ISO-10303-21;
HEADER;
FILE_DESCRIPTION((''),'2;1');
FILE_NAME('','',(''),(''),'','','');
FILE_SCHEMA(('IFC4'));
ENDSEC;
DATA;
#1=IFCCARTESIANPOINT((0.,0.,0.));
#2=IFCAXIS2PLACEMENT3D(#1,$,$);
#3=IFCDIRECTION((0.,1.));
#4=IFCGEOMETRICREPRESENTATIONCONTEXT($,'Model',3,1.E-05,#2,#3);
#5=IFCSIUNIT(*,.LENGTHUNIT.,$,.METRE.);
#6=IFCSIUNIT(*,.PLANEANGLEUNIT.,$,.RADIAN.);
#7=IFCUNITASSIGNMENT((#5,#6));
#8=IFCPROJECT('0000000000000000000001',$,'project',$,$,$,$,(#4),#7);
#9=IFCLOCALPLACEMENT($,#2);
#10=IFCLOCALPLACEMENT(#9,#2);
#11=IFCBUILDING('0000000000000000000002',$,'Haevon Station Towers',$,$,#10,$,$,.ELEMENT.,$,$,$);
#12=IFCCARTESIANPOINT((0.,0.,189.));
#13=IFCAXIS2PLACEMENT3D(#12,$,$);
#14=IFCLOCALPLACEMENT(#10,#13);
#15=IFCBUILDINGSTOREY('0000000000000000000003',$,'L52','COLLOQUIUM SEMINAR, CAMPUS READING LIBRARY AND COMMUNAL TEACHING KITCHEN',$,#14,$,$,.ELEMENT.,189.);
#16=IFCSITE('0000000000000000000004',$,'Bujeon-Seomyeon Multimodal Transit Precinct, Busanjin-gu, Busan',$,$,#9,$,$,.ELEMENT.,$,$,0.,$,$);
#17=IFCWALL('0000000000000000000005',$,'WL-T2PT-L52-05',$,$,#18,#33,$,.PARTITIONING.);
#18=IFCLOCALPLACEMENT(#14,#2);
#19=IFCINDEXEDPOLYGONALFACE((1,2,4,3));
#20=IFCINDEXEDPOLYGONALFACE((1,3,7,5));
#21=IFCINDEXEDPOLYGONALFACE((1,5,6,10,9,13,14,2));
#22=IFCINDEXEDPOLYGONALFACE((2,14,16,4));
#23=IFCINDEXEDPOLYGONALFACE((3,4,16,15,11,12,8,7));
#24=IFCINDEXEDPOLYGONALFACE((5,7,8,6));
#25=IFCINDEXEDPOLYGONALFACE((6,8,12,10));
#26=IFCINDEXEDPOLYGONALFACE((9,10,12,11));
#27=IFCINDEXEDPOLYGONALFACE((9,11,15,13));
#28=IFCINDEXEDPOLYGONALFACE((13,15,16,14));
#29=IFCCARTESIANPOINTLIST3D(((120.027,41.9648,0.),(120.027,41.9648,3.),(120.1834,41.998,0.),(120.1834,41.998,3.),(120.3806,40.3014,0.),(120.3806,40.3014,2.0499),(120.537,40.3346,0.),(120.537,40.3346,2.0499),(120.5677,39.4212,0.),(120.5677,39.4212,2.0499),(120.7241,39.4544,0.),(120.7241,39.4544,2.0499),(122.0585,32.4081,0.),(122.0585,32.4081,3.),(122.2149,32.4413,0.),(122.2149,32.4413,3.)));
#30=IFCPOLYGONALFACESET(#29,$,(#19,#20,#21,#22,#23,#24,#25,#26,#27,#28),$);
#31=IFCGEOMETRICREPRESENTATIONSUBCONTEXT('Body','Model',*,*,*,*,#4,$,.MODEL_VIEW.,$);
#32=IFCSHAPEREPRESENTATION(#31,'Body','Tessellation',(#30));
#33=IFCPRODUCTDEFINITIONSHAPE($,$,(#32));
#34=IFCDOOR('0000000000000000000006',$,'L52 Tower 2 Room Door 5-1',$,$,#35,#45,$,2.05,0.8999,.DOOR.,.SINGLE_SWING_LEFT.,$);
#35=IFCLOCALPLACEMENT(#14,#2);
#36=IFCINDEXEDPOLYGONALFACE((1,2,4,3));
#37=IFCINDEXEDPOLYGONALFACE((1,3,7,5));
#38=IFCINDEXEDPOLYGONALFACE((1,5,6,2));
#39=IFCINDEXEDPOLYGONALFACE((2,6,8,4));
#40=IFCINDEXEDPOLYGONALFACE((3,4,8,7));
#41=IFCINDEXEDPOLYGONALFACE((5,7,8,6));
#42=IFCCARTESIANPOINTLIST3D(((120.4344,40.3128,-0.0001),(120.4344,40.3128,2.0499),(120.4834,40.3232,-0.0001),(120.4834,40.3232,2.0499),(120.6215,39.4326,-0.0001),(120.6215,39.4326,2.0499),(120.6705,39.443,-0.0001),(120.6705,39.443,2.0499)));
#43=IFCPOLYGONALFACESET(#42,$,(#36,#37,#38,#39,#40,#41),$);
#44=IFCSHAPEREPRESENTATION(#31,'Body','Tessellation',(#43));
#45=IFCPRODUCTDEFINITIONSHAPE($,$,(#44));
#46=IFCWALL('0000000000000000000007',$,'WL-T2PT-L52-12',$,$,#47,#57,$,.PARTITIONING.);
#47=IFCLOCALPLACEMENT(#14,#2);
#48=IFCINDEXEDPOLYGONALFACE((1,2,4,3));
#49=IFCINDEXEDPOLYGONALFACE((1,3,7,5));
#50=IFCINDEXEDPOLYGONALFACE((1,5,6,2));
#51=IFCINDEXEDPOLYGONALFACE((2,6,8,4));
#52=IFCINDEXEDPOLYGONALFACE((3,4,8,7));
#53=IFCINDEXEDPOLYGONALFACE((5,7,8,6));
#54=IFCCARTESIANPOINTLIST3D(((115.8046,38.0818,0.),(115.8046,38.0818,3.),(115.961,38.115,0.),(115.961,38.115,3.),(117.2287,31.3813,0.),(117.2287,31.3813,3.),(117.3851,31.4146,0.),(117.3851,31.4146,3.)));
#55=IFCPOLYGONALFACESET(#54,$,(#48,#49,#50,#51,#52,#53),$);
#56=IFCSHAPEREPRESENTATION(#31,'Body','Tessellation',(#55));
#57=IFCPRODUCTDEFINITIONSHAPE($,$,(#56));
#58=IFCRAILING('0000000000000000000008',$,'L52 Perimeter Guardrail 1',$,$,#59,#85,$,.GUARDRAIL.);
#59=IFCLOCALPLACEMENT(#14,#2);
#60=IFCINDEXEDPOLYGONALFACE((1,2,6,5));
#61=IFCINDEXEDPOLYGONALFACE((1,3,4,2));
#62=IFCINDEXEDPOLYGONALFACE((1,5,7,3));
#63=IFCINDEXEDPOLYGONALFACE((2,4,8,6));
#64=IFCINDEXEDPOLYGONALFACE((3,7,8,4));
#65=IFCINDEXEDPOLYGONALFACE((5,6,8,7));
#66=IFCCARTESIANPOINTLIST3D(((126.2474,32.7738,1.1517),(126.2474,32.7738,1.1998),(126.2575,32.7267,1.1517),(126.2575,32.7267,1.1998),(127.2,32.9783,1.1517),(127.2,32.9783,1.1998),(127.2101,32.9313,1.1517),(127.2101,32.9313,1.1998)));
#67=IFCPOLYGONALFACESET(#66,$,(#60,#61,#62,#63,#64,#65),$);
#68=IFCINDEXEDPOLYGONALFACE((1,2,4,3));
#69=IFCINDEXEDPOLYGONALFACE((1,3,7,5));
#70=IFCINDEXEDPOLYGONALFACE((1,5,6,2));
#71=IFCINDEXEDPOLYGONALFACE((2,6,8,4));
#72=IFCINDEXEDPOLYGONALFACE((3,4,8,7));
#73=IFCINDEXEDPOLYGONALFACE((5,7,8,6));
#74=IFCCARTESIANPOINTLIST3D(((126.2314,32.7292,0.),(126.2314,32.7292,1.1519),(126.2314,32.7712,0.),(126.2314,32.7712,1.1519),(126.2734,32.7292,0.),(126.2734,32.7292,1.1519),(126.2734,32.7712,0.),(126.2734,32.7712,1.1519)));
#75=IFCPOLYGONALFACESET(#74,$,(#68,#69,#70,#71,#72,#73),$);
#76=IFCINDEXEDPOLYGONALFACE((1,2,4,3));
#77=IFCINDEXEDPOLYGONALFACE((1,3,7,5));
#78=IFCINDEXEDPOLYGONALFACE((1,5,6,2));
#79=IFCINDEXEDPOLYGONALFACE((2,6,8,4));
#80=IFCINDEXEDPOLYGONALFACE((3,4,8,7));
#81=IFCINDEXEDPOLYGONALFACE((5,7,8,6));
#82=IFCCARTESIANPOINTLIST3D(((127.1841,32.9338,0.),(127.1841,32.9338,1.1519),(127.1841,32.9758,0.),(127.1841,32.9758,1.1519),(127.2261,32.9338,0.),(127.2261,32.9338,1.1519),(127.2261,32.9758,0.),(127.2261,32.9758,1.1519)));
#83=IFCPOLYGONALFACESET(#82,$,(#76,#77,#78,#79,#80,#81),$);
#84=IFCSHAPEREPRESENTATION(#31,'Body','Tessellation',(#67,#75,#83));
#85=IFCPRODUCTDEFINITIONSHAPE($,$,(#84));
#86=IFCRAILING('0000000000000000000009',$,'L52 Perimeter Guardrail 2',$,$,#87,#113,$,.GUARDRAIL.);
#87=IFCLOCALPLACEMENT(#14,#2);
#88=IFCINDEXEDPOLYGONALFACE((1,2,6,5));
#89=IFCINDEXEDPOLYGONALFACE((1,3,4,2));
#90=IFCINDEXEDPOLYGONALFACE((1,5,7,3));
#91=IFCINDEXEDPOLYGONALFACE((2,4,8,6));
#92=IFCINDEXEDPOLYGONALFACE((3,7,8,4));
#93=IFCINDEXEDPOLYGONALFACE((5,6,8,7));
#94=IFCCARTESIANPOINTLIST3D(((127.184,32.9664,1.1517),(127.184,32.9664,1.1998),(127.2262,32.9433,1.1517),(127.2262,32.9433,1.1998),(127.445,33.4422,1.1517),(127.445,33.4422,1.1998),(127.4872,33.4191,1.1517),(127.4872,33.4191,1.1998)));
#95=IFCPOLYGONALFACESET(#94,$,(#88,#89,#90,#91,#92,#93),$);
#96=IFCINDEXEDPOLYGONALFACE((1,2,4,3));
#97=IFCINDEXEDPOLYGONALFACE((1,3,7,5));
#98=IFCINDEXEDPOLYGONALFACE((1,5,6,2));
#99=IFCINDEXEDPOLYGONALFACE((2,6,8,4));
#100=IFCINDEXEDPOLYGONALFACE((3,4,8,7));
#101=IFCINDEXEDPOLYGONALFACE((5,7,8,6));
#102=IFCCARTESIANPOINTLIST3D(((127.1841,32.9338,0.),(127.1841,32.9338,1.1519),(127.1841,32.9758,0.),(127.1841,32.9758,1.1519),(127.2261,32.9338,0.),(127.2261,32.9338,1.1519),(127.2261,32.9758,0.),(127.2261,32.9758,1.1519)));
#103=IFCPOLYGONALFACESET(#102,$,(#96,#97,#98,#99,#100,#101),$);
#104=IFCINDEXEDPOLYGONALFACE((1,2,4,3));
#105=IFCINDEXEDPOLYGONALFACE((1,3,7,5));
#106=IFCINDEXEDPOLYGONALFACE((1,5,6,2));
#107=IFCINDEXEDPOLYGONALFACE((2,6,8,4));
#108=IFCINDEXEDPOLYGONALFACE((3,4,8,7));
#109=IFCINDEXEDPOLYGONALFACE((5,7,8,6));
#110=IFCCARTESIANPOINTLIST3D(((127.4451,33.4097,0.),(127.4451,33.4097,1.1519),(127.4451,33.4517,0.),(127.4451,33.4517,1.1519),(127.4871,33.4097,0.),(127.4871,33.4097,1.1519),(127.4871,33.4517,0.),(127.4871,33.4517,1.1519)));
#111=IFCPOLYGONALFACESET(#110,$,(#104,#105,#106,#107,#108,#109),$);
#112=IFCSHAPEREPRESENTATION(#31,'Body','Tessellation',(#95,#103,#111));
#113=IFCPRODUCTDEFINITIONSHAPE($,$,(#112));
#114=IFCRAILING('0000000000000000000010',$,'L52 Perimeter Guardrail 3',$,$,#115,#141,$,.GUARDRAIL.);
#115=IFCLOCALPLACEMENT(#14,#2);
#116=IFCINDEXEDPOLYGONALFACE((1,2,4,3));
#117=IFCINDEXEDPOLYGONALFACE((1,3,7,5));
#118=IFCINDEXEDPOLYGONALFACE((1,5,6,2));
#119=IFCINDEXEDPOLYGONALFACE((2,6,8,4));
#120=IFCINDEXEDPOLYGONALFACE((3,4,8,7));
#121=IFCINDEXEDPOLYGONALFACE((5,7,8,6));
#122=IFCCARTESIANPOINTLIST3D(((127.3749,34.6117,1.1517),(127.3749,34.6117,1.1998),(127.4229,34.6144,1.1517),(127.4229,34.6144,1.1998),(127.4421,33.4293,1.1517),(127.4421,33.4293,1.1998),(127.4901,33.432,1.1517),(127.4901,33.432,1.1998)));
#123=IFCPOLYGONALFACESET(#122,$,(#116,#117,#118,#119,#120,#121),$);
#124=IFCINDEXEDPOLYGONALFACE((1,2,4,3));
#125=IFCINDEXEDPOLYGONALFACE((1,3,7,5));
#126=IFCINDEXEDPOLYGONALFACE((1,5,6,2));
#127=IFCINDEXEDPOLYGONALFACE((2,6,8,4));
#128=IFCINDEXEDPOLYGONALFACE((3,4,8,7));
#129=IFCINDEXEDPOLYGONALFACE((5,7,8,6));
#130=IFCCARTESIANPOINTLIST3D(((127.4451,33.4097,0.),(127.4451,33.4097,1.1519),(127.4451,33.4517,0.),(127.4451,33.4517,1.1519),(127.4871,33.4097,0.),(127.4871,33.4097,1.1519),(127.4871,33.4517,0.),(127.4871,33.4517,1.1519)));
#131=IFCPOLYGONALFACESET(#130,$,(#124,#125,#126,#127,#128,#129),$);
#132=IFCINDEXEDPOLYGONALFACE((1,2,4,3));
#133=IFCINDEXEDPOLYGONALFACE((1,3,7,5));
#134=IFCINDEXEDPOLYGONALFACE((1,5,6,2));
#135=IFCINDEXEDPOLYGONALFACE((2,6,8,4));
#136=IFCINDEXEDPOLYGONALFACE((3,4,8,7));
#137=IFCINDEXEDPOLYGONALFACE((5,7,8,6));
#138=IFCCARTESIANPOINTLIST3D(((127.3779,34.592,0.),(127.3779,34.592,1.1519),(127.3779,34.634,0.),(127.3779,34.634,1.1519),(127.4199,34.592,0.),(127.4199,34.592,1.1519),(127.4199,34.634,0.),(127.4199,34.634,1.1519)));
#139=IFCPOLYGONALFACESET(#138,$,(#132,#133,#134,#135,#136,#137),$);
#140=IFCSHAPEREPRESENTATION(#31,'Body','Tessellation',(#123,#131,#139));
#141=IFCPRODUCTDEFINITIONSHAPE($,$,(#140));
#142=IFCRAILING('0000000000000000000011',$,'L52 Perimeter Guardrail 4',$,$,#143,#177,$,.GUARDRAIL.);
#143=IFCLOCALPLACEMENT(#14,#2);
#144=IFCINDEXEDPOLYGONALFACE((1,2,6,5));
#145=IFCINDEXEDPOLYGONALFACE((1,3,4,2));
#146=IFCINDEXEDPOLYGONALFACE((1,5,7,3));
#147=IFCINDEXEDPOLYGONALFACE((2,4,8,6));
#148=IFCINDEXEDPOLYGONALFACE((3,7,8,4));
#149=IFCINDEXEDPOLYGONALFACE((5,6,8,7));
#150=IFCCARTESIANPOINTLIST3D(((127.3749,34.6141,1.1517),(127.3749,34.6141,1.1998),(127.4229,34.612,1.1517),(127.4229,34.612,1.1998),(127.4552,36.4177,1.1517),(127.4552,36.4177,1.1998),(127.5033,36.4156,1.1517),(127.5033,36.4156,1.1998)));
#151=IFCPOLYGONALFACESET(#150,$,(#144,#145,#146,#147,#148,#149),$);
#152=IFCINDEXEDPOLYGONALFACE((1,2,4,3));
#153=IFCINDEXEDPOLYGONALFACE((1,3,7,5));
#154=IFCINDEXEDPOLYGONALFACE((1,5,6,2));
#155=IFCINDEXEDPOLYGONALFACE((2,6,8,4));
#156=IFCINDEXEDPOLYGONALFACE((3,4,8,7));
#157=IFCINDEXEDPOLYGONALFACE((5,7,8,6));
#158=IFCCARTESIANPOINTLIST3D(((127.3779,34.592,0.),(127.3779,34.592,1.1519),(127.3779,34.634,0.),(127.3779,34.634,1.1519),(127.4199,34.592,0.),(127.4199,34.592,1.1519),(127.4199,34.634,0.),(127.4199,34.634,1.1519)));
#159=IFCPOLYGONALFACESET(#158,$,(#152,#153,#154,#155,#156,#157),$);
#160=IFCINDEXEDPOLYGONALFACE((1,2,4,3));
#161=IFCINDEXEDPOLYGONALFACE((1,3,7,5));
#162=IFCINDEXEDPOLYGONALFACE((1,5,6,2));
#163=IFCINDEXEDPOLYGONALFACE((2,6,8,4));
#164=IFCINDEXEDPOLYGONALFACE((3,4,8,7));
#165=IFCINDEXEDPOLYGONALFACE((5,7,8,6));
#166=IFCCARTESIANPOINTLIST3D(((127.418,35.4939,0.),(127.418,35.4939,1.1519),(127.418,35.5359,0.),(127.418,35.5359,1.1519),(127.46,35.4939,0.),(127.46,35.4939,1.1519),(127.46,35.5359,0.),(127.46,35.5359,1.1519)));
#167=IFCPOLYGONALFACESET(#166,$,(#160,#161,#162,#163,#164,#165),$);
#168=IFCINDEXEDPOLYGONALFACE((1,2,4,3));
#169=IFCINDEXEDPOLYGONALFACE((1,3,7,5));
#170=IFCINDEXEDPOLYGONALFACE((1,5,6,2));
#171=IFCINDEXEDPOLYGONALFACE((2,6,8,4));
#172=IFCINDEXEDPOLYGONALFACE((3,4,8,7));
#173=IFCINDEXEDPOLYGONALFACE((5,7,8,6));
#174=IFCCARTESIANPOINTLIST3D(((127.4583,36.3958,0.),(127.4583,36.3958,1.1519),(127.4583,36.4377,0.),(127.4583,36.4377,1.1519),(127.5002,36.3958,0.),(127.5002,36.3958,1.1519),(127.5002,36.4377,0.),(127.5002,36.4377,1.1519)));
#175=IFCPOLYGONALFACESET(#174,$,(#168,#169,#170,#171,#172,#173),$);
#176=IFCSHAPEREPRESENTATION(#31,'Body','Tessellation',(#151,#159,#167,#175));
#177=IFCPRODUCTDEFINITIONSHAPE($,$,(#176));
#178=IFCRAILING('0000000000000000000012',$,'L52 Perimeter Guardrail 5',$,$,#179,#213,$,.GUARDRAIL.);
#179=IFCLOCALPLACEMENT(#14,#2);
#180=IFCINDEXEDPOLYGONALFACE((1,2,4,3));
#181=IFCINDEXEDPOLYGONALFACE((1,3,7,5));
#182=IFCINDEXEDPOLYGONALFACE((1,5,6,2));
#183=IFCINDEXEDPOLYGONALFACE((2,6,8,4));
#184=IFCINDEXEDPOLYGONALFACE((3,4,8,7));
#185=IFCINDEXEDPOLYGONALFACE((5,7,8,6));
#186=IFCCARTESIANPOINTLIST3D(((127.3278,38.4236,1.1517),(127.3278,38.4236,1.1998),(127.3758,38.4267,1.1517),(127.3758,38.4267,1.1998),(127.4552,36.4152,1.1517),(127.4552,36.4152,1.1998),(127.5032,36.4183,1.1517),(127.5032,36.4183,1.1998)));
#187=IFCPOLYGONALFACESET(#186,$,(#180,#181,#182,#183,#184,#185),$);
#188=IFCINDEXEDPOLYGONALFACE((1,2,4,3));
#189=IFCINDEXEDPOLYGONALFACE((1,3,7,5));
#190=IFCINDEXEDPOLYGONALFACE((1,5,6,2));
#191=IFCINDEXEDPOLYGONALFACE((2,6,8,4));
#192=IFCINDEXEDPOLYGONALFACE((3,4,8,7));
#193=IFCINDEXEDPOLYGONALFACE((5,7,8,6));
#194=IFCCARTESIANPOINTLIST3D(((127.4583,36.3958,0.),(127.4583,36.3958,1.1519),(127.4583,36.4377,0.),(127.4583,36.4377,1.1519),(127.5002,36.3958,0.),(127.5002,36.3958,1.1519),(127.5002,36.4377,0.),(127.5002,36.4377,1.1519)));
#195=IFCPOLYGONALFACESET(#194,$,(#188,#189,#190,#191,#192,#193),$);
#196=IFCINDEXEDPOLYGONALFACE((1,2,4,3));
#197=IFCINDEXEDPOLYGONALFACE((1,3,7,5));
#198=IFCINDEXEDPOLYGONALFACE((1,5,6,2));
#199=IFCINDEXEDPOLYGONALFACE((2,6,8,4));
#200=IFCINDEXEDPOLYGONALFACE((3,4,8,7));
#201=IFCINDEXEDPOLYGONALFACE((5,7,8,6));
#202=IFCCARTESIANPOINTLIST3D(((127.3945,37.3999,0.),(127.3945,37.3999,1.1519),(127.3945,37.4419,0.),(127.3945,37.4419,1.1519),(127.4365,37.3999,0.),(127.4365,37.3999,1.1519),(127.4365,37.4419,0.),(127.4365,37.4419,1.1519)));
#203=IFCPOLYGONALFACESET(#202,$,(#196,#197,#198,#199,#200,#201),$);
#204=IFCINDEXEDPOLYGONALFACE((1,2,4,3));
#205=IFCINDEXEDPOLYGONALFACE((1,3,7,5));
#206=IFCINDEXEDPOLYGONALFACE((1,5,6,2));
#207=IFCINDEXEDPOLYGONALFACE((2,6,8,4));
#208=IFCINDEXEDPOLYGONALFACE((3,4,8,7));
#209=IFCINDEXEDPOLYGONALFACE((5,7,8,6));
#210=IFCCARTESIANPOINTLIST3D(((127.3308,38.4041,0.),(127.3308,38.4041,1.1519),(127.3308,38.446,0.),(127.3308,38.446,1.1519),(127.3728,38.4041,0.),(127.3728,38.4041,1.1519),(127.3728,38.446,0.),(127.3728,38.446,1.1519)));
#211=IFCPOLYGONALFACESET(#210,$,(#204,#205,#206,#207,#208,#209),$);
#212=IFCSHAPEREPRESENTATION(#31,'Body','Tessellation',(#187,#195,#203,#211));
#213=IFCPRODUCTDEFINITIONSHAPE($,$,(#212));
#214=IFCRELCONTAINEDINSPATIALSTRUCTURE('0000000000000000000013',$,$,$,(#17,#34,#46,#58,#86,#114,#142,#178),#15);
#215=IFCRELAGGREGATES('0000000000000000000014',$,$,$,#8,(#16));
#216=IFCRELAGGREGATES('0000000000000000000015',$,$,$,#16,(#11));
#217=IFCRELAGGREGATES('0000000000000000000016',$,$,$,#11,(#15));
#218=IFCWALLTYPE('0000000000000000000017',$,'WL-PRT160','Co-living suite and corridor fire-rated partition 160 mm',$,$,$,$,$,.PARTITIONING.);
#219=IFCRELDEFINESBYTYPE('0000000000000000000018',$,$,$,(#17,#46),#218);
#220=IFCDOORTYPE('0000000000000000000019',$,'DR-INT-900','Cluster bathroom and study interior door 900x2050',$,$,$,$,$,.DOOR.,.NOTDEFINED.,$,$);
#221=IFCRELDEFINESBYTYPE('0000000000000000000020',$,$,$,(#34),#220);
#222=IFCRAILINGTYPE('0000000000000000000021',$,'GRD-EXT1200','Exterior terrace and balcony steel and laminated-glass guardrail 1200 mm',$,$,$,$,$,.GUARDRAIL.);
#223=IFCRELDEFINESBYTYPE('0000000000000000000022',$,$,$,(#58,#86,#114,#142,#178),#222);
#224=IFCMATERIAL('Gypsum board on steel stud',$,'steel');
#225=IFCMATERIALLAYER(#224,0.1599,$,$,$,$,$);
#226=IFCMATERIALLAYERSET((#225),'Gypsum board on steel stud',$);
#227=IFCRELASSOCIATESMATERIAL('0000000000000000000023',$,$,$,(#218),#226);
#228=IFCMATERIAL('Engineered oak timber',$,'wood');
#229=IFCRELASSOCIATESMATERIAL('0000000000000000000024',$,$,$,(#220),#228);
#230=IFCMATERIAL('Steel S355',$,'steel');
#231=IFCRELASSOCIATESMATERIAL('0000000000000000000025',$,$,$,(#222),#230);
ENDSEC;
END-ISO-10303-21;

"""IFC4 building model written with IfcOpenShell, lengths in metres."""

from ifc_helpers import new_model, si_unit, direction, frame, frame_2d, origin, origin_2d, place, context, subcontext, project, spatial, rectangle, extrude, material, layer, layer_set, type_object, element, fill, save


model = new_model("IFC4")

# Units and contexts
model_context = context("Model", 3, precision=1e-05, world=origin(), true_north=direction((0.0, 1.0)))
body_context = subcontext(model_context, "Body", "Model", "MODEL_VIEW")
ifc_project = project(units=[si_unit("LENGTHUNIT", "METRE"), si_unit("PLANEANGLEUNIT", "RADIAN")], contexts=[model_context])

# Site, building, storey
site_placement = place(None, origin())
site = spatial("IfcSite", under=ifc_project, at=site_placement, Name="Bujeon-Seomyeon Multimodal Transit Precinct, Busanjin-gu, Busan", CompositionType="ELEMENT", RefElevation=0.0)
building_placement = place(site_placement, origin())
building = spatial("IfcBuilding", under=site, at=building_placement, Name="Haevon Station Towers", CompositionType="ELEMENT")
storey_placement = place(building_placement, frame((0.0, 0.0, 189.0)))
storey = spatial("IfcBuildingStorey", under=building, at=storey_placement, Name="L52", Description="COLLOQUIUM SEMINAR, CAMPUS READING LIBRARY AND COMMUNAL TEACHING KITCHEN", CompositionType="ELEMENT", Elevation=189.0)

# Shared definitions
ifc_material_1 = material(Name="Steel S355", Category="steel")

# Shared definitions
ifc_material_2 = material(Name="Gypsum board on steel stud", Category="steel")

# Wall, opening, door
ifc_layer_1 = layer(ifc_material_2, 0.1599)
ifc_layer_set_1 = layer_set([ifc_layer_1], Name="Gypsum board on steel stud")
wall_type_1 = type_object("IfcWallType", Name="WL-PRT160", Description="Co-living suite and corridor fire-rated partition 160 mm", PredefinedType="PARTITIONING", material=ifc_layer_set_1)
wall_1_placement = place(storey_placement, frame((122.1367, 32.4246, 0.0), z_axis=(0.0, 0.0, 1.0), x_axis=(-0.207928, 0.978144, 0.0)))
wall_1 = element("IfcWall", 1, at=wall_1_placement, inside=storey, type_object=wall_type_1, Name="WL-T2PT-L52-05", PredefinedType="PARTITIONING", context=body_context, shape_type="SweptSolid", body=[
    extrude(rectangle(XDim=9.7703, YDim=0.1599, at=frame_2d((4.8853, 0.0))), origin(), (0.0, 0.0, 1.0), 3.0),
])
opening_1_placement = place(wall_1_placement, frame((7.1699, 0.0, 0.0)))
opening_1 = element("IfcOpeningElement", 2, at=opening_1_placement, cuts=wall_1, PredefinedType="OPENING", context=body_context, shape_type="SweptSolid", body=[
    extrude(rectangle(XDim=0.8999, YDim=2.05, at=frame_2d((0.45, 1.0249))), frame((0.0, 0.0898, 0.0), z_axis=(0.0, -1.0, 0.0), x_axis=(1.0, 0.0, 0.0)), (0.0, 0.0, 1.0), 0.1799),
])
ifc_material_3 = material(Name="Engineered oak timber", Category="wood")
door_type = type_object("IfcDoorType", Name="DR-INT-900", Description="Cluster bathroom and study interior door 900x2050", OperationType="NOTDEFINED", PredefinedType="DOOR", material=ifc_material_3)
door_placement = place(opening_1_placement, origin())
door = element("IfcDoor", 3, at=door_placement, inside=storey, type_object=door_type, Name="L52 Tower 2 Room Door 5-1", OperationType="SINGLE_SWING_LEFT", OverallHeight=2.05, OverallWidth=0.8999, PredefinedType="DOOR", context=body_context, shape_type="SweptSolid", body=[
    extrude(rectangle(XDim=0.8999, YDim=2.05, at=frame_2d((0.45, 1.0249))), frame((0.0, 0.0249, 0.0), z_axis=(0.0, -1.0, 0.0), x_axis=(1.0, 0.0, 0.0)), (0.0, 0.0, 1.0), 0.05),
])
fill(opening_1, door)

# Wall
wall_2_placement = place(storey_placement, frame((117.3069, 31.3979, 0.0), z_axis=(0.0, 0.0, 1.0), x_axis=(-0.207891, 0.978152, 0.0)))
element("IfcWall", 4, at=wall_2_placement, inside=storey, type_object=wall_type_1, Name="WL-T2PT-L52-12", PredefinedType="PARTITIONING", context=body_context, shape_type="SweptSolid", body=[
    extrude(rectangle(XDim=6.8501, YDim=0.1599, at=frame_2d((3.425, 0.0))), origin(), (0.0, 0.0, 1.0), 3.0),
])

# Railings
railing_type = type_object("IfcRailingType", Name="GRD-EXT1200", Description="Exterior terrace and balcony steel and laminated-glass guardrail 1200 mm", PredefinedType="GUARDRAIL", material=ifc_material_1)
railing_1_placement = place(storey_placement, frame((126.2524, 32.7502, 0.0)))
element("IfcRailing", 5, at=railing_1_placement, inside=storey, type_object=railing_type, Name="L52 Perimeter Guardrail 1", PredefinedType="GUARDRAIL", context=body_context, shape_type="SweptSolid", body=[
    extrude(rectangle(XDim=0.0481, YDim=0.0481, at=origin_2d()), frame((0.0, 0.0, 1.1758), z_axis=(0.977707, 0.209974, 0.0), x_axis=(-0.209974, 0.977707, 0.0)), (0.0, 0.0, 1.0), 0.9744),
    extrude(rectangle(XDim=0.042, YDim=0.042, at=origin_2d()), origin(), (0.0, 0.0, 1.0), 1.1519),
    extrude(rectangle(XDim=0.042, YDim=0.042, at=origin_2d()), frame((0.9526, 0.2046, 0.0)), (0.0, 0.0, 1.0), 1.1519),
])
railing_2_placement = place(storey_placement, frame((127.2051, 32.9548, 0.0)))
element("IfcRailing", 6, at=railing_2_placement, inside=storey, type_object=railing_type, Name="L52 Perimeter Guardrail 2", PredefinedType="GUARDRAIL", context=body_context, shape_type="SweptSolid", body=[
    extrude(rectangle(XDim=0.0481, YDim=0.0481, at=origin_2d()), frame((0.0, 0.0, 1.1758), z_axis=(0.4809, 0.876776, 0.0), x_axis=(-0.876776, 0.4809, 0.0)), (0.0, 0.0, 1.0), 0.5427),
    extrude(rectangle(XDim=0.042, YDim=0.042, at=origin_2d()), origin(), (0.0, 0.0, 1.0), 1.1519),
    extrude(rectangle(XDim=0.042, YDim=0.042, at=origin_2d()), frame((0.261, 0.4758, 0.0)), (0.0, 0.0, 1.0), 1.1519),
])
railing_3_placement = place(storey_placement, frame((127.4661, 33.4307, 0.0)))
element("IfcRailing", 7, at=railing_3_placement, inside=storey, type_object=railing_type, Name="L52 Perimeter Guardrail 3", PredefinedType="GUARDRAIL", context=body_context, shape_type="SweptSolid", body=[
    extrude(rectangle(XDim=0.0481, YDim=0.0481, at=origin_2d()), frame((0.0, 0.0, 1.1758), z_axis=(-0.056692, 0.998392, 0.0), x_axis=(-0.998392, -0.056692, 0.0)), (0.0, 0.0, 1.0), 1.1843),
    extrude(rectangle(XDim=0.042, YDim=0.042, at=origin_2d()), origin(), (0.0, 0.0, 1.0), 1.1519),
    extrude(rectangle(XDim=0.042, YDim=0.042, at=origin_2d()), frame((-0.0671, 1.1824, 0.0)), (0.0, 0.0, 1.0), 1.1519),
])
railing_4_placement = place(storey_placement, frame((127.3989, 34.613, 0.0)))
element("IfcRailing", 8, at=railing_4_placement, inside=storey, type_object=railing_type, Name="L52 Perimeter Guardrail 4", PredefinedType="GUARDRAIL", context=body_context, shape_type="SweptSolid", body=[
    extrude(rectangle(XDim=0.0481, YDim=0.0481, at=origin_2d()), frame((0.0, 0.0, 1.1758), z_axis=(0.044488, 0.99901, 0.0), x_axis=(-0.99901, 0.044488, 0.0)), (0.0, 0.0, 1.0), 1.8054),
    extrude(rectangle(XDim=0.042, YDim=0.042, at=origin_2d()), origin(), (0.0, 0.0, 1.0), 1.1519),
    extrude(rectangle(XDim=0.042, YDim=0.042, at=origin_2d()), frame((0.04, 0.9019, 0.0)), (0.0, 0.0, 1.0), 1.1519),
    extrude(rectangle(XDim=0.042, YDim=0.042, at=origin_2d()), frame((0.0803, 1.8037, 0.0)), (0.0, 0.0, 1.0), 1.1519),
])
railing_5_placement = place(storey_placement, frame((127.4792, 36.4167, 0.0)))
element("IfcRailing", 9, at=railing_5_placement, inside=storey, type_object=railing_type, Name="L52 Perimeter Guardrail 5", PredefinedType="GUARDRAIL", context=body_context, shape_type="SweptSolid", body=[
    extrude(rectangle(XDim=0.0481, YDim=0.0481, at=origin_2d()), frame((0.0, 0.0, 1.1758), z_axis=(-0.06333, 0.997993, 0.0), x_axis=(-0.997993, -0.06333, 0.0)), (0.0, 0.0, 1.0), 2.0125),
    extrude(rectangle(XDim=0.042, YDim=0.042, at=origin_2d()), origin(), (0.0, 0.0, 1.0), 1.1519),
    extrude(rectangle(XDim=0.042, YDim=0.042, at=origin_2d()), frame((-0.0637, 1.0042, 0.0)), (0.0, 0.0, 1.0), 1.1519),
    extrude(rectangle(XDim=0.042, YDim=0.042, at=origin_2d()), frame((-0.1274, 2.0083, 0.0)), (0.0, 0.0, 1.0), 1.1519),
])

save(model, "model.ifc")
